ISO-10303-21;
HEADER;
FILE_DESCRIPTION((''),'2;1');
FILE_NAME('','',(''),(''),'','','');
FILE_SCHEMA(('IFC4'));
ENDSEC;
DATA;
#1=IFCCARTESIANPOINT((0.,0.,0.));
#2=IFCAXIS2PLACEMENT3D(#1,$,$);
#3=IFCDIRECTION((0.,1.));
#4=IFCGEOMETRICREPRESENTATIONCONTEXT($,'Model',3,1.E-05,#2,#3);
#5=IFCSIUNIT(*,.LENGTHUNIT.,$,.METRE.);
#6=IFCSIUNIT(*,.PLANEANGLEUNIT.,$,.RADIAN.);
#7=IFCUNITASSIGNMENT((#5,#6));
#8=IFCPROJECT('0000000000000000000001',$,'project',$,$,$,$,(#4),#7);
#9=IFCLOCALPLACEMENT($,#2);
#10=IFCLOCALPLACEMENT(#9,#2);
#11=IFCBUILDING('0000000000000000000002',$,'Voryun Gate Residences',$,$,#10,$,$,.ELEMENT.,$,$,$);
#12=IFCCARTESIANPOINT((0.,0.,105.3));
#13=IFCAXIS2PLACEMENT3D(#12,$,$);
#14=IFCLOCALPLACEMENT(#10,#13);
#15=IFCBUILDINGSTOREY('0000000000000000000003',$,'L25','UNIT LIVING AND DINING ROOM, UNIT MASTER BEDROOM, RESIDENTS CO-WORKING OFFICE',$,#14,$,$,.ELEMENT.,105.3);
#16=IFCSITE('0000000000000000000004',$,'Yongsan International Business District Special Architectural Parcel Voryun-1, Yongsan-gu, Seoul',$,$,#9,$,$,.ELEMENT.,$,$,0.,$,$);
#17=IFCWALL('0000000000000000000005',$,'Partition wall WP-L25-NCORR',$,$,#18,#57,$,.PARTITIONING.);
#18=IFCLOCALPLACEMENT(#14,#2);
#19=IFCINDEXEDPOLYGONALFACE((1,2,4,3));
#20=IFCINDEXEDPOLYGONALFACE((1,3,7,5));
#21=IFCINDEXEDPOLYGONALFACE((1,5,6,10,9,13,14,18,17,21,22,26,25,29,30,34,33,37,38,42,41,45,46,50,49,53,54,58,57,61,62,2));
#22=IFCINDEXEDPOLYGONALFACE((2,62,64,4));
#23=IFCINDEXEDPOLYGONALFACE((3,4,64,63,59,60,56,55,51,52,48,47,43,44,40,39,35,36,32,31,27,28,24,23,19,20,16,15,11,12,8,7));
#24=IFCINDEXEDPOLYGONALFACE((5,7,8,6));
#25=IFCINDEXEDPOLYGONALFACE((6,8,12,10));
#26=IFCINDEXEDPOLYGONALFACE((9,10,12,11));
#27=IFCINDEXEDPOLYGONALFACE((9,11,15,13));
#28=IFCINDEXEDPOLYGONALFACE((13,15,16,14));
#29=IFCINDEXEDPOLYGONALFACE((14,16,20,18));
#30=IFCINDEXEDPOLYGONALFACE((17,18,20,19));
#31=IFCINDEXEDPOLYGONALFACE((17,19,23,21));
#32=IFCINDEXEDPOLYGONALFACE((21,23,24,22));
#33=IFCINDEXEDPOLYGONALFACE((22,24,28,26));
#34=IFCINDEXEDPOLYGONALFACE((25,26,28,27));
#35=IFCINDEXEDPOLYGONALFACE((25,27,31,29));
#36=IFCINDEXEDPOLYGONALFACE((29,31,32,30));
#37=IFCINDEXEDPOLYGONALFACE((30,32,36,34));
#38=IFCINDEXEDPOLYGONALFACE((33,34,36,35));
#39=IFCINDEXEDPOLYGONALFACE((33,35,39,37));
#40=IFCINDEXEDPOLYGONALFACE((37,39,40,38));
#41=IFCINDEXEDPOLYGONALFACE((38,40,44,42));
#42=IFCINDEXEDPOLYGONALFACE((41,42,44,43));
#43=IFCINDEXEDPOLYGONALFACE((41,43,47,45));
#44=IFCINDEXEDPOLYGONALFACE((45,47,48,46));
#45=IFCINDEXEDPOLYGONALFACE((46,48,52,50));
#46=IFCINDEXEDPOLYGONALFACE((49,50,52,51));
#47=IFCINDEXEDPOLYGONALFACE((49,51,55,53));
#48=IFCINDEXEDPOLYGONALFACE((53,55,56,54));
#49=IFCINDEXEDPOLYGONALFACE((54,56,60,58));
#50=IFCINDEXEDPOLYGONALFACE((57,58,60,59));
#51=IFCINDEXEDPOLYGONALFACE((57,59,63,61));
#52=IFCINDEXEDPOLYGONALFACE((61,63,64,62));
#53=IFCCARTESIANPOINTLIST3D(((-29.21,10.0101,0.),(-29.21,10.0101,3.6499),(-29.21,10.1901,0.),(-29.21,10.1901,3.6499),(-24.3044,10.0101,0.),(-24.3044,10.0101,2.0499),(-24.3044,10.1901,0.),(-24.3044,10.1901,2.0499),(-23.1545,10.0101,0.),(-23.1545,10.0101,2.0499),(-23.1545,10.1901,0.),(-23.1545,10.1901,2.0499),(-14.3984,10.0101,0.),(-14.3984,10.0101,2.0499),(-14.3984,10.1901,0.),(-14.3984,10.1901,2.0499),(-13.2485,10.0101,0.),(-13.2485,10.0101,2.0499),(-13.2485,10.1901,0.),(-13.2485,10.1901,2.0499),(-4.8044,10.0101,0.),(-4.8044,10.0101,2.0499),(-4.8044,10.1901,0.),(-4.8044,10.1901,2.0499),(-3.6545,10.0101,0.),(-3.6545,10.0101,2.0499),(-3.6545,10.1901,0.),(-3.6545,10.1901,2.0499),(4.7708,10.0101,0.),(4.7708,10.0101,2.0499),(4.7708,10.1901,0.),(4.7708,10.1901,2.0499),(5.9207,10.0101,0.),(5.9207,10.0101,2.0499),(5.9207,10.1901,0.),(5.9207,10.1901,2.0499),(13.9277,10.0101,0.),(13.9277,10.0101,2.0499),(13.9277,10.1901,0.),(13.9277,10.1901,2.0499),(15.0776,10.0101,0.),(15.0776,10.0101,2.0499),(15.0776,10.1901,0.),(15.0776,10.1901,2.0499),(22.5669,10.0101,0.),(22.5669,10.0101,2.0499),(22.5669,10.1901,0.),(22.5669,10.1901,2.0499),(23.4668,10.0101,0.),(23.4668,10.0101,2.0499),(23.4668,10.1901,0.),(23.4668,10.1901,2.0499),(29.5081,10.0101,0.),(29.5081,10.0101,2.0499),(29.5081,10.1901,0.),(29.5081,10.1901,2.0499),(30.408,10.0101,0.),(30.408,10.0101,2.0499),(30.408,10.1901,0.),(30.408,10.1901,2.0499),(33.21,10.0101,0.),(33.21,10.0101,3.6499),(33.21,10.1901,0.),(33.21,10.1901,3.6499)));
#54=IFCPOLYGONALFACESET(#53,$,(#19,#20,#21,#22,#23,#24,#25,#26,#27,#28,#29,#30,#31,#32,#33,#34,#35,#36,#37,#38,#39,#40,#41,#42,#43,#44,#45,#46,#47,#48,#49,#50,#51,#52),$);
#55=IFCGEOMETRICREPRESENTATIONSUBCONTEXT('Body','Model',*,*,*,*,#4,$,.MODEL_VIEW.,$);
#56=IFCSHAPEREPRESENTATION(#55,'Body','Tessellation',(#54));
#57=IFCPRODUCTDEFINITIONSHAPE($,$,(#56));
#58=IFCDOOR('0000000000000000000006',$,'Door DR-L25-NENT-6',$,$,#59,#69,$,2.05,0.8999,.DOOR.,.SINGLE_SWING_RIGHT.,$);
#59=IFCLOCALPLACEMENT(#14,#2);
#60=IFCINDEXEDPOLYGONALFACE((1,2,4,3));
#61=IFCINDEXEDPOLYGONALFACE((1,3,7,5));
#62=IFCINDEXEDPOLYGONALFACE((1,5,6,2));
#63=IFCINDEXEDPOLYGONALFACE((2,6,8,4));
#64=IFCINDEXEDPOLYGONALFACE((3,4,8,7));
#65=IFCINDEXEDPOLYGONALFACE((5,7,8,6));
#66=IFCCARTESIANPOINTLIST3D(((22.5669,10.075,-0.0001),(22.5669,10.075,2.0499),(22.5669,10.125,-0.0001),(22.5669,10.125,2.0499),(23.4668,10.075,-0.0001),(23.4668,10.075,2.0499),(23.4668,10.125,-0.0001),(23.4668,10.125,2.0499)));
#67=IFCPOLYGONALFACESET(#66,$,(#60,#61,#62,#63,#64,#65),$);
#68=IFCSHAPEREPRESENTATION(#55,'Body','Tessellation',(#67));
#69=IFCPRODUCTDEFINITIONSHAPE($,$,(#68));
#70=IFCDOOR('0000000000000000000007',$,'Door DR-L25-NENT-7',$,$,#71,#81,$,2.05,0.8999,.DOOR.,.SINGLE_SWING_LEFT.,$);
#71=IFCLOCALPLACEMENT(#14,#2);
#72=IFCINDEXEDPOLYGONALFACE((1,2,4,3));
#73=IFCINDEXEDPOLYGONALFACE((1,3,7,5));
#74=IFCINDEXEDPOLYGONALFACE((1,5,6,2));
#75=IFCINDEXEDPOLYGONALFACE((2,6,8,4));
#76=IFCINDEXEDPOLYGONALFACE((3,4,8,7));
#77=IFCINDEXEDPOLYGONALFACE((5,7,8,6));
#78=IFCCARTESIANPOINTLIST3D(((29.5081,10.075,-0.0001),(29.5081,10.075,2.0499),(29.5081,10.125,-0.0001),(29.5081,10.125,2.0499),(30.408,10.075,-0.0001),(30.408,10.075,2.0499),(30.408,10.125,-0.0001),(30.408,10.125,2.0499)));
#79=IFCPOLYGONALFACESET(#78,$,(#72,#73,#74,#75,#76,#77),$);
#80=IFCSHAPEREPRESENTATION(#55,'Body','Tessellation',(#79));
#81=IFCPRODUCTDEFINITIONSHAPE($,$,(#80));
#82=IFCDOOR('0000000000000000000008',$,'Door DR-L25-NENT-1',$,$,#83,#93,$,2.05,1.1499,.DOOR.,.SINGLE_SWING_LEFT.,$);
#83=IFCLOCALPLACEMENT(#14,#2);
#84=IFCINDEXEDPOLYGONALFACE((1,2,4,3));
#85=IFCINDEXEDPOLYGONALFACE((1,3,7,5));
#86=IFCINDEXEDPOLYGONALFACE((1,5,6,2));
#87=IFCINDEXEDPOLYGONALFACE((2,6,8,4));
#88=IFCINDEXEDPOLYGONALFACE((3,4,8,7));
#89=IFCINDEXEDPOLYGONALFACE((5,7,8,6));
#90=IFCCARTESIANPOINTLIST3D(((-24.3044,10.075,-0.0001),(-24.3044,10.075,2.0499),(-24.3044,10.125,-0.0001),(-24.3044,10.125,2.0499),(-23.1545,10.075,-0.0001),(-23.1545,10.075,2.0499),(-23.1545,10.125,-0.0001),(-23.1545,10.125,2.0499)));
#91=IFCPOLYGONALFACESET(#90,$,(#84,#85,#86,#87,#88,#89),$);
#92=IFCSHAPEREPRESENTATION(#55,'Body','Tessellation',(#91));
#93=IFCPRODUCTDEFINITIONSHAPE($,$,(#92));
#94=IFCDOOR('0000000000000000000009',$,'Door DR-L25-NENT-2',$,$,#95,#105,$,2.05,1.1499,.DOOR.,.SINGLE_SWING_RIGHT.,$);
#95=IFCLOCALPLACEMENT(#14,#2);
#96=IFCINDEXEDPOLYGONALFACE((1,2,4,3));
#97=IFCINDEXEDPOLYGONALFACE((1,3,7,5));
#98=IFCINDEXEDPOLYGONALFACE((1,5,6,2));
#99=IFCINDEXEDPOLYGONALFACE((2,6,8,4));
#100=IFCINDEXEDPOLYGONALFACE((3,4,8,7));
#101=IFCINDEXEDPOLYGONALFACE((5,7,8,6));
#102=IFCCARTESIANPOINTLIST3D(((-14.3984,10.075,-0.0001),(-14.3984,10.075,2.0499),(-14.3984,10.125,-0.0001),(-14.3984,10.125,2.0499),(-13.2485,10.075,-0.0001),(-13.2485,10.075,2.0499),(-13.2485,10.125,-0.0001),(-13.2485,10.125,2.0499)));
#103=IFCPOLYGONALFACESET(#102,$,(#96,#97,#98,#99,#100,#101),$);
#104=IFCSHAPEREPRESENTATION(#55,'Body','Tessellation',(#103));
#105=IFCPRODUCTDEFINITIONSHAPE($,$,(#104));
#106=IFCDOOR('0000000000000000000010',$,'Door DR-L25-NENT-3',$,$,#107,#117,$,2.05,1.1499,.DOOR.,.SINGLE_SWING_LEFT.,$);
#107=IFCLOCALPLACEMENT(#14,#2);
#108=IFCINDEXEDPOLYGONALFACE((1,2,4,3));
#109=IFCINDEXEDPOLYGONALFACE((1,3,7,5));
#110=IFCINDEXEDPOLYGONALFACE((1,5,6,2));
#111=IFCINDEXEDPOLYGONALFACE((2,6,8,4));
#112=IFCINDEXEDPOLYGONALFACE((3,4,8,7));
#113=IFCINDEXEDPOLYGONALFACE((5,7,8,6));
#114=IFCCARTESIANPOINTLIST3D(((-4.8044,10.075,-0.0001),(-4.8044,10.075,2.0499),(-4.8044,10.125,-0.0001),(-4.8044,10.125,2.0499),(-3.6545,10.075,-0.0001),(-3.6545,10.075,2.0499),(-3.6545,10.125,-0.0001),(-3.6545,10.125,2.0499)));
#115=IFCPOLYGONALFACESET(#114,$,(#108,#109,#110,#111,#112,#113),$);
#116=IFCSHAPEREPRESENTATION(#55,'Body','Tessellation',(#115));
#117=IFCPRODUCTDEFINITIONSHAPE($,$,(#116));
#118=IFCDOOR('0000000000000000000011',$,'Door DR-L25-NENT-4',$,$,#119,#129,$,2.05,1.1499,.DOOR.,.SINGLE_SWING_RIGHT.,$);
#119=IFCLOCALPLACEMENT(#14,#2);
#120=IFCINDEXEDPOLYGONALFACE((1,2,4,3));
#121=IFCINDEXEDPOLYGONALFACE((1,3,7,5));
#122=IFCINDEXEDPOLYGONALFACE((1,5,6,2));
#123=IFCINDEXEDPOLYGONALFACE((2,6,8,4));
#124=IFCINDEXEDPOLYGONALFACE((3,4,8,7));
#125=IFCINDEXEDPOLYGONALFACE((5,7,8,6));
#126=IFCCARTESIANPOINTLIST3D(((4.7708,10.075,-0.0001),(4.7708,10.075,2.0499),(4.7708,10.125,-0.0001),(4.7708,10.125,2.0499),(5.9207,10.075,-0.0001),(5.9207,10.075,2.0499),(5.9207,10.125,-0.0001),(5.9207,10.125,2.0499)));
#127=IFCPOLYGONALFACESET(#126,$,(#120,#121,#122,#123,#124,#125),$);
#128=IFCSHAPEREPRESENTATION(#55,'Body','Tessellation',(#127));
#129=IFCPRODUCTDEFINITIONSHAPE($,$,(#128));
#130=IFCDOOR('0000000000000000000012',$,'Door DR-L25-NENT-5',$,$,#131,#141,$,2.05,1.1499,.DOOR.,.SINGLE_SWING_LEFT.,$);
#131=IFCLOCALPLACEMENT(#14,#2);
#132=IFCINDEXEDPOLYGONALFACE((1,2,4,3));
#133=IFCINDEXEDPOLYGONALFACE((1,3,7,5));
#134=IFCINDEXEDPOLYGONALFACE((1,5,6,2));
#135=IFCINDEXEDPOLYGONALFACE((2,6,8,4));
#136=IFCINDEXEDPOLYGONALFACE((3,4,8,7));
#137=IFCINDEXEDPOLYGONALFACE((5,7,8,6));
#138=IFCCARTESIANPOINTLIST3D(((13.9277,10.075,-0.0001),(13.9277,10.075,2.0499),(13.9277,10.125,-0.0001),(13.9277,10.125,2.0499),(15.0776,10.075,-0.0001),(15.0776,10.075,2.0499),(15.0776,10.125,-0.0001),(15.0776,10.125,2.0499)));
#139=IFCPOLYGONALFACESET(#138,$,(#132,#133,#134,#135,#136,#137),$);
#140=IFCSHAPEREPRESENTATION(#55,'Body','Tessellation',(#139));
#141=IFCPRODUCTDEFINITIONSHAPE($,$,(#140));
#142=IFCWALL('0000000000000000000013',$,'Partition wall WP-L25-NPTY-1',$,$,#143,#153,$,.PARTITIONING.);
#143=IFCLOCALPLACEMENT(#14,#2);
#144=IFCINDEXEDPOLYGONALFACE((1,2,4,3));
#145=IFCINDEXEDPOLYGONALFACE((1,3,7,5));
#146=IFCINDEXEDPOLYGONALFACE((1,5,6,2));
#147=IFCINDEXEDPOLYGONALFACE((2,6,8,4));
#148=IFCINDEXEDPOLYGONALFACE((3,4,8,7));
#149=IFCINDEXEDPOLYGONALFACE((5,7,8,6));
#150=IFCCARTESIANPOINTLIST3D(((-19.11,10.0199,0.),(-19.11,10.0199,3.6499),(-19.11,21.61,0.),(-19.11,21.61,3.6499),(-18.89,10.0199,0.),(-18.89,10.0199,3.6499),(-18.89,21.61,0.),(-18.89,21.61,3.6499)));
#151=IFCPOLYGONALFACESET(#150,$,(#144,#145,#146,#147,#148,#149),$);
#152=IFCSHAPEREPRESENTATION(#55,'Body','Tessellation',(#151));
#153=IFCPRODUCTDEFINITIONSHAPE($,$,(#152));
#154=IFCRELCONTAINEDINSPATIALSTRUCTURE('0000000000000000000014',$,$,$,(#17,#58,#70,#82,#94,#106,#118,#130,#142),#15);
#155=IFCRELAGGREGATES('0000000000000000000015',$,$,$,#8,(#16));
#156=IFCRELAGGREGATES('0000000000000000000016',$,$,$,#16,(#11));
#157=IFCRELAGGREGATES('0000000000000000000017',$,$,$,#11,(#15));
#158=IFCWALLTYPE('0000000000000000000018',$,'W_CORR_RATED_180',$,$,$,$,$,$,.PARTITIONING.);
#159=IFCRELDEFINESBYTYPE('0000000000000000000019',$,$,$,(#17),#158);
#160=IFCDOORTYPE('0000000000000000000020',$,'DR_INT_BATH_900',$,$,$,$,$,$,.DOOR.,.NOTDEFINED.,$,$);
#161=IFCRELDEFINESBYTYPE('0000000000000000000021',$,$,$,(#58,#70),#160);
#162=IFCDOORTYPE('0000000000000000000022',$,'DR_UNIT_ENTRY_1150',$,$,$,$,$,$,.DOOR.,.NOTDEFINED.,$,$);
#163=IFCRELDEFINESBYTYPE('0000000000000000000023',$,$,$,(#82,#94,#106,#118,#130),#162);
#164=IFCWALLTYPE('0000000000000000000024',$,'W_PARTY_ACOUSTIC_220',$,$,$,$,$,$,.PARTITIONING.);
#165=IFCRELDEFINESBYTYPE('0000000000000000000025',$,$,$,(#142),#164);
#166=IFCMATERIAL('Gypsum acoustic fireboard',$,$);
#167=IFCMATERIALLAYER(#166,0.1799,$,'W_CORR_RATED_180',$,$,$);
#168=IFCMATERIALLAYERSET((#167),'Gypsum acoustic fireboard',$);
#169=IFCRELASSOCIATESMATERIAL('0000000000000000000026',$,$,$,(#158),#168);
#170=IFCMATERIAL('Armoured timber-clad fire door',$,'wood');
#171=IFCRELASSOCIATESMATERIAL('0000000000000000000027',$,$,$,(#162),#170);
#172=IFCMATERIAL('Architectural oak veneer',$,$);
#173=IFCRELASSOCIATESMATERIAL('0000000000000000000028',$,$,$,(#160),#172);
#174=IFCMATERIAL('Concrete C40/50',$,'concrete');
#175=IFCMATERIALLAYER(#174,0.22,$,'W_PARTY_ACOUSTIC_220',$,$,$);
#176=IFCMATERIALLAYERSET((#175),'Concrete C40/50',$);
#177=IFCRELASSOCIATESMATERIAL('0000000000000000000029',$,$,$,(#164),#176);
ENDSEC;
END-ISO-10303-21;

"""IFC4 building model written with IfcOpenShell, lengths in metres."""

from ifc_helpers import new_model, si_unit, direction, frame, frame_2d, origin, place, context, subcontext, project, spatial, rectangle, extrude, material, layer, layer_set, type_object, element, fill, save


model = new_model("IFC4")

# Units and contexts
model_context = context("Model", 3, precision=1e-05, world=origin(), true_north=direction((0.0, 1.0)))
body_context = subcontext(model_context, "Body", "Model", "MODEL_VIEW")
ifc_project = project(units=[si_unit("LENGTHUNIT", "METRE"), si_unit("PLANEANGLEUNIT", "RADIAN")], contexts=[model_context])

# Site, building, storey
site_placement = place(None, origin())
site = spatial("IfcSite", under=ifc_project, at=site_placement, Name="Yongsan International Business District Special Architectural Parcel Voryun-1, Yongsan-gu, Seoul", CompositionType="ELEMENT", RefElevation=0.0)
building_placement = place(site_placement, origin())
building = spatial("IfcBuilding", under=site, at=building_placement, Name="Voryun Gate Residences", CompositionType="ELEMENT")
storey_placement = place(building_placement, frame((0.0, 0.0, 105.3)))
storey = spatial("IfcBuildingStorey", under=building, at=storey_placement, Name="L25", Description="UNIT LIVING AND DINING ROOM, UNIT MASTER BEDROOM, RESIDENTS CO-WORKING OFFICE", CompositionType="ELEMENT", Elevation=105.3)

# Shared definitions
ifc_material_1 = material(Name="Gypsum acoustic fireboard")
ifc_layer_1 = layer(ifc_material_1, 0.1799, Name="W_CORR_RATED_180")
ifc_layer_set_1 = layer_set([ifc_layer_1], Name="Gypsum acoustic fireboard")
wall_type_1 = type_object("IfcWallType", Name="W_CORR_RATED_180", PredefinedType="PARTITIONING", material=ifc_layer_set_1)
ifc_material_2 = material(Name="Armoured timber-clad fire door", Category="wood")
door_type_1 = type_object("IfcDoorType", Name="DR_UNIT_ENTRY_1150", OperationType="NOTDEFINED", PredefinedType="DOOR", material=ifc_material_2)

# Wall, openings, doors
wall_1_placement = place(storey_placement, frame((-29.21, 10.1001, 0.0), z_axis=(0.0, 0.0, 1.0), x_axis=(1.0, 0.0, 0.0)))
wall_1 = element("IfcWall", 1, at=wall_1_placement, inside=storey, type_object=wall_type_1, Name="Partition wall WP-L25-NCORR", PredefinedType="PARTITIONING", context=body_context, shape_type="SweptSolid", body=[
    extrude(rectangle(XDim=62.4199, YDim=0.1799, at=frame_2d((31.21, 0.0))), origin(), (0.0, 0.0, 1.0), 3.6499),
])
opening_1_placement = place(wall_1_placement, frame((4.9055, 0.0, 0.0)))
opening_1 = element("IfcOpeningElement", 2, at=opening_1_placement, cuts=wall_1, PredefinedType="OPENING", context=body_context, shape_type="SweptSolid", body=[
    extrude(rectangle(XDim=1.1499, YDim=2.05, at=frame_2d((0.575, 1.0249))), frame((0.0, 0.0999, 0.0), z_axis=(0.0, -1.0, 0.0), x_axis=(1.0, 0.0, 0.0)), (0.0, 0.0, 1.0), 0.2),
])
opening_2_placement = place(wall_1_placement, frame((14.8115, 0.0, 0.0)))
opening_2 = element("IfcOpeningElement", 3, at=opening_2_placement, cuts=wall_1, PredefinedType="OPENING", context=body_context, shape_type="SweptSolid", body=[
    extrude(rectangle(XDim=1.1499, YDim=2.05, at=frame_2d((0.575, 1.0249))), frame((0.0, 0.0999, 0.0), z_axis=(0.0, -1.0, 0.0), x_axis=(1.0, 0.0, 0.0)), (0.0, 0.0, 1.0), 0.2),
])
opening_3_placement = place(wall_1_placement, frame((24.4055, 0.0, 0.0)))
opening_3 = element("IfcOpeningElement", 4, at=opening_3_placement, cuts=wall_1, PredefinedType="OPENING", context=body_context, shape_type="SweptSolid", body=[
    extrude(rectangle(XDim=1.1499, YDim=2.05, at=frame_2d((0.575, 1.0249))), frame((0.0, 0.0999, 0.0), z_axis=(0.0, -1.0, 0.0), x_axis=(1.0, 0.0, 0.0)), (0.0, 0.0, 1.0), 0.2),
])
opening_4_placement = place(wall_1_placement, frame((33.9807, 0.0, 0.0)))
opening_4 = element("IfcOpeningElement", 5, at=opening_4_placement, cuts=wall_1, PredefinedType="OPENING", context=body_context, shape_type="SweptSolid", body=[
    extrude(rectangle(XDim=1.1499, YDim=2.05, at=frame_2d((0.575, 1.0249))), frame((0.0, 0.0999, 0.0), z_axis=(0.0, -1.0, 0.0), x_axis=(1.0, 0.0, 0.0)), (0.0, 0.0, 1.0), 0.2),
])
opening_5_placement = place(wall_1_placement, frame((43.1377, 0.0, 0.0)))
opening_5 = element("IfcOpeningElement", 6, at=opening_5_placement, cuts=wall_1, PredefinedType="OPENING", context=body_context, shape_type="SweptSolid", body=[
    extrude(rectangle(XDim=1.1499, YDim=2.05, at=frame_2d((0.575, 1.0249))), frame((0.0, 0.0999, 0.0), z_axis=(0.0, -1.0, 0.0), x_axis=(1.0, 0.0, 0.0)), (0.0, 0.0, 1.0), 0.2),
])
opening_6_placement = place(wall_1_placement, frame((51.7769, 0.0, 0.0)))
opening_6 = element("IfcOpeningElement", 7, at=opening_6_placement, cuts=wall_1, PredefinedType="OPENING", context=body_context, shape_type="SweptSolid", body=[
    extrude(rectangle(XDim=0.8999, YDim=2.05, at=frame_2d((0.45, 1.0249))), frame((0.0, 0.0999, 0.0), z_axis=(0.0, -1.0, 0.0), x_axis=(1.0, 0.0, 0.0)), (0.0, 0.0, 1.0), 0.2),
])
opening_7_placement = place(wall_1_placement, frame((58.718, 0.0, 0.0)))
opening_7 = element("IfcOpeningElement", 8, at=opening_7_placement, cuts=wall_1, PredefinedType="OPENING", context=body_context, shape_type="SweptSolid", body=[
    extrude(rectangle(XDim=0.8999, YDim=2.05, at=frame_2d((0.45, 1.0249))), frame((0.0, 0.0999, 0.0), z_axis=(0.0, -1.0, 0.0), x_axis=(1.0, 0.0, 0.0)), (0.0, 0.0, 1.0), 0.2),
])
ifc_material_3 = material(Name="Architectural oak veneer")
door_type_2 = type_object("IfcDoorType", Name="DR_INT_BATH_900", OperationType="NOTDEFINED", PredefinedType="DOOR", material=ifc_material_3)
door_1_placement = place(opening_6_placement, origin())
door_1 = element("IfcDoor", 9, at=door_1_placement, inside=storey, type_object=door_type_2, Name="Door DR-L25-NENT-6", OperationType="SINGLE_SWING_RIGHT", OverallHeight=2.05, OverallWidth=0.8999, PredefinedType="DOOR", context=body_context, shape_type="SweptSolid", body=[
    extrude(rectangle(XDim=0.8999, YDim=2.05, at=frame_2d((0.45, 1.0249))), frame((0.0, 0.0249, 0.0), z_axis=(0.0, -1.0, 0.0), x_axis=(1.0, 0.0, 0.0)), (0.0, 0.0, 1.0), 0.05),
])
fill(opening_6, door_1)
door_2_placement = place(opening_7_placement, origin())
door_2 = element("IfcDoor", 10, at=door_2_placement, inside=storey, type_object=door_type_2, Name="Door DR-L25-NENT-7", OperationType="SINGLE_SWING_LEFT", OverallHeight=2.05, OverallWidth=0.8999, PredefinedType="DOOR", context=body_context, shape_type="SweptSolid", body=[
    extrude(rectangle(XDim=0.8999, YDim=2.05, at=frame_2d((0.45, 1.0249))), frame((0.0, 0.0249, 0.0), z_axis=(0.0, -1.0, 0.0), x_axis=(1.0, 0.0, 0.0)), (0.0, 0.0, 1.0), 0.05),
])
fill(opening_7, door_2)
door_3_placement = place(opening_1_placement, origin())
door_3 = element("IfcDoor", 11, at=door_3_placement, inside=storey, type_object=door_type_1, Name="Door DR-L25-NENT-1", OperationType="SINGLE_SWING_LEFT", OverallHeight=2.05, OverallWidth=1.1499, PredefinedType="DOOR", context=body_context, shape_type="SweptSolid", body=[
    extrude(rectangle(XDim=1.1499, YDim=2.05, at=frame_2d((0.575, 1.0249))), frame((0.0, 0.0249, 0.0), z_axis=(0.0, -1.0, 0.0), x_axis=(1.0, 0.0, 0.0)), (0.0, 0.0, 1.0), 0.05),
])
fill(opening_1, door_3)
door_4_placement = place(opening_2_placement, origin())
door_4 = element("IfcDoor", 12, at=door_4_placement, inside=storey, type_object=door_type_1, Name="Door DR-L25-NENT-2", OperationType="SINGLE_SWING_RIGHT", OverallHeight=2.05, OverallWidth=1.1499, PredefinedType="DOOR", context=body_context, shape_type="SweptSolid", body=[
    extrude(rectangle(XDim=1.1499, YDim=2.05, at=frame_2d((0.575, 1.0249))), frame((0.0, 0.0249, 0.0), z_axis=(0.0, -1.0, 0.0), x_axis=(1.0, 0.0, 0.0)), (0.0, 0.0, 1.0), 0.05),
])
fill(opening_2, door_4)
door_5_placement = place(opening_3_placement, origin())
door_5 = element("IfcDoor", 13, at=door_5_placement, inside=storey, type_object=door_type_1, Name="Door DR-L25-NENT-3", OperationType="SINGLE_SWING_LEFT", OverallHeight=2.05, OverallWidth=1.1499, PredefinedType="DOOR", context=body_context, shape_type="SweptSolid", body=[
    extrude(rectangle(XDim=1.1499, YDim=2.05, at=frame_2d((0.575, 1.0249))), frame((0.0, 0.0249, 0.0), z_axis=(0.0, -1.0, 0.0), x_axis=(1.0, 0.0, 0.0)), (0.0, 0.0, 1.0), 0.05),
])
fill(opening_3, door_5)
door_6_placement = place(opening_4_placement, origin())
door_6 = element("IfcDoor", 14, at=door_6_placement, inside=storey, type_object=door_type_1, Name="Door DR-L25-NENT-4", OperationType="SINGLE_SWING_RIGHT", OverallHeight=2.05, OverallWidth=1.1499, PredefinedType="DOOR", context=body_context, shape_type="SweptSolid", body=[
    extrude(rectangle(XDim=1.1499, YDim=2.05, at=frame_2d((0.575, 1.0249))), frame((0.0, 0.0249, 0.0), z_axis=(0.0, -1.0, 0.0), x_axis=(1.0, 0.0, 0.0)), (0.0, 0.0, 1.0), 0.05),
])
fill(opening_4, door_6)
door_7_placement = place(opening_5_placement, origin())
door_7 = element("IfcDoor", 15, at=door_7_placement, inside=storey, type_object=door_type_1, Name="Door DR-L25-NENT-5", OperationType="SINGLE_SWING_LEFT", OverallHeight=2.05, OverallWidth=1.1499, PredefinedType="DOOR", context=body_context, shape_type="SweptSolid", body=[
    extrude(rectangle(XDim=1.1499, YDim=2.05, at=frame_2d((0.575, 1.0249))), frame((0.0, 0.0249, 0.0), z_axis=(0.0, -1.0, 0.0), x_axis=(1.0, 0.0, 0.0)), (0.0, 0.0, 1.0), 0.05),
])
fill(opening_5, door_7)

# Wall
ifc_material_4 = material(Name="Concrete C40/50", Category="concrete")
ifc_layer_2 = layer(ifc_material_4, 0.22, Name="W_PARTY_ACOUSTIC_220")
ifc_layer_set_2 = layer_set([ifc_layer_2], Name="Concrete C40/50")
wall_type_2 = type_object("IfcWallType", Name="W_PARTY_ACOUSTIC_220", PredefinedType="PARTITIONING", material=ifc_layer_set_2)
wall_2_placement = place(storey_placement, frame((-19.0, 10.02, 0.0), z_axis=(0.0, 0.0, 1.0), x_axis=(0.0, 1.0, 0.0)))
element("IfcWall", 16, at=wall_2_placement, inside=storey, type_object=wall_type_2, Name="Partition wall WP-L25-NPTY-1", PredefinedType="PARTITIONING", context=body_context, shape_type="SweptSolid", body=[
    extrude(rectangle(XDim=11.5901, YDim=0.22, at=frame_2d((5.7949, 0.0))), origin(), (0.0, 0.0, 1.0), 3.6499),
])

save(model, "model.ifc")
